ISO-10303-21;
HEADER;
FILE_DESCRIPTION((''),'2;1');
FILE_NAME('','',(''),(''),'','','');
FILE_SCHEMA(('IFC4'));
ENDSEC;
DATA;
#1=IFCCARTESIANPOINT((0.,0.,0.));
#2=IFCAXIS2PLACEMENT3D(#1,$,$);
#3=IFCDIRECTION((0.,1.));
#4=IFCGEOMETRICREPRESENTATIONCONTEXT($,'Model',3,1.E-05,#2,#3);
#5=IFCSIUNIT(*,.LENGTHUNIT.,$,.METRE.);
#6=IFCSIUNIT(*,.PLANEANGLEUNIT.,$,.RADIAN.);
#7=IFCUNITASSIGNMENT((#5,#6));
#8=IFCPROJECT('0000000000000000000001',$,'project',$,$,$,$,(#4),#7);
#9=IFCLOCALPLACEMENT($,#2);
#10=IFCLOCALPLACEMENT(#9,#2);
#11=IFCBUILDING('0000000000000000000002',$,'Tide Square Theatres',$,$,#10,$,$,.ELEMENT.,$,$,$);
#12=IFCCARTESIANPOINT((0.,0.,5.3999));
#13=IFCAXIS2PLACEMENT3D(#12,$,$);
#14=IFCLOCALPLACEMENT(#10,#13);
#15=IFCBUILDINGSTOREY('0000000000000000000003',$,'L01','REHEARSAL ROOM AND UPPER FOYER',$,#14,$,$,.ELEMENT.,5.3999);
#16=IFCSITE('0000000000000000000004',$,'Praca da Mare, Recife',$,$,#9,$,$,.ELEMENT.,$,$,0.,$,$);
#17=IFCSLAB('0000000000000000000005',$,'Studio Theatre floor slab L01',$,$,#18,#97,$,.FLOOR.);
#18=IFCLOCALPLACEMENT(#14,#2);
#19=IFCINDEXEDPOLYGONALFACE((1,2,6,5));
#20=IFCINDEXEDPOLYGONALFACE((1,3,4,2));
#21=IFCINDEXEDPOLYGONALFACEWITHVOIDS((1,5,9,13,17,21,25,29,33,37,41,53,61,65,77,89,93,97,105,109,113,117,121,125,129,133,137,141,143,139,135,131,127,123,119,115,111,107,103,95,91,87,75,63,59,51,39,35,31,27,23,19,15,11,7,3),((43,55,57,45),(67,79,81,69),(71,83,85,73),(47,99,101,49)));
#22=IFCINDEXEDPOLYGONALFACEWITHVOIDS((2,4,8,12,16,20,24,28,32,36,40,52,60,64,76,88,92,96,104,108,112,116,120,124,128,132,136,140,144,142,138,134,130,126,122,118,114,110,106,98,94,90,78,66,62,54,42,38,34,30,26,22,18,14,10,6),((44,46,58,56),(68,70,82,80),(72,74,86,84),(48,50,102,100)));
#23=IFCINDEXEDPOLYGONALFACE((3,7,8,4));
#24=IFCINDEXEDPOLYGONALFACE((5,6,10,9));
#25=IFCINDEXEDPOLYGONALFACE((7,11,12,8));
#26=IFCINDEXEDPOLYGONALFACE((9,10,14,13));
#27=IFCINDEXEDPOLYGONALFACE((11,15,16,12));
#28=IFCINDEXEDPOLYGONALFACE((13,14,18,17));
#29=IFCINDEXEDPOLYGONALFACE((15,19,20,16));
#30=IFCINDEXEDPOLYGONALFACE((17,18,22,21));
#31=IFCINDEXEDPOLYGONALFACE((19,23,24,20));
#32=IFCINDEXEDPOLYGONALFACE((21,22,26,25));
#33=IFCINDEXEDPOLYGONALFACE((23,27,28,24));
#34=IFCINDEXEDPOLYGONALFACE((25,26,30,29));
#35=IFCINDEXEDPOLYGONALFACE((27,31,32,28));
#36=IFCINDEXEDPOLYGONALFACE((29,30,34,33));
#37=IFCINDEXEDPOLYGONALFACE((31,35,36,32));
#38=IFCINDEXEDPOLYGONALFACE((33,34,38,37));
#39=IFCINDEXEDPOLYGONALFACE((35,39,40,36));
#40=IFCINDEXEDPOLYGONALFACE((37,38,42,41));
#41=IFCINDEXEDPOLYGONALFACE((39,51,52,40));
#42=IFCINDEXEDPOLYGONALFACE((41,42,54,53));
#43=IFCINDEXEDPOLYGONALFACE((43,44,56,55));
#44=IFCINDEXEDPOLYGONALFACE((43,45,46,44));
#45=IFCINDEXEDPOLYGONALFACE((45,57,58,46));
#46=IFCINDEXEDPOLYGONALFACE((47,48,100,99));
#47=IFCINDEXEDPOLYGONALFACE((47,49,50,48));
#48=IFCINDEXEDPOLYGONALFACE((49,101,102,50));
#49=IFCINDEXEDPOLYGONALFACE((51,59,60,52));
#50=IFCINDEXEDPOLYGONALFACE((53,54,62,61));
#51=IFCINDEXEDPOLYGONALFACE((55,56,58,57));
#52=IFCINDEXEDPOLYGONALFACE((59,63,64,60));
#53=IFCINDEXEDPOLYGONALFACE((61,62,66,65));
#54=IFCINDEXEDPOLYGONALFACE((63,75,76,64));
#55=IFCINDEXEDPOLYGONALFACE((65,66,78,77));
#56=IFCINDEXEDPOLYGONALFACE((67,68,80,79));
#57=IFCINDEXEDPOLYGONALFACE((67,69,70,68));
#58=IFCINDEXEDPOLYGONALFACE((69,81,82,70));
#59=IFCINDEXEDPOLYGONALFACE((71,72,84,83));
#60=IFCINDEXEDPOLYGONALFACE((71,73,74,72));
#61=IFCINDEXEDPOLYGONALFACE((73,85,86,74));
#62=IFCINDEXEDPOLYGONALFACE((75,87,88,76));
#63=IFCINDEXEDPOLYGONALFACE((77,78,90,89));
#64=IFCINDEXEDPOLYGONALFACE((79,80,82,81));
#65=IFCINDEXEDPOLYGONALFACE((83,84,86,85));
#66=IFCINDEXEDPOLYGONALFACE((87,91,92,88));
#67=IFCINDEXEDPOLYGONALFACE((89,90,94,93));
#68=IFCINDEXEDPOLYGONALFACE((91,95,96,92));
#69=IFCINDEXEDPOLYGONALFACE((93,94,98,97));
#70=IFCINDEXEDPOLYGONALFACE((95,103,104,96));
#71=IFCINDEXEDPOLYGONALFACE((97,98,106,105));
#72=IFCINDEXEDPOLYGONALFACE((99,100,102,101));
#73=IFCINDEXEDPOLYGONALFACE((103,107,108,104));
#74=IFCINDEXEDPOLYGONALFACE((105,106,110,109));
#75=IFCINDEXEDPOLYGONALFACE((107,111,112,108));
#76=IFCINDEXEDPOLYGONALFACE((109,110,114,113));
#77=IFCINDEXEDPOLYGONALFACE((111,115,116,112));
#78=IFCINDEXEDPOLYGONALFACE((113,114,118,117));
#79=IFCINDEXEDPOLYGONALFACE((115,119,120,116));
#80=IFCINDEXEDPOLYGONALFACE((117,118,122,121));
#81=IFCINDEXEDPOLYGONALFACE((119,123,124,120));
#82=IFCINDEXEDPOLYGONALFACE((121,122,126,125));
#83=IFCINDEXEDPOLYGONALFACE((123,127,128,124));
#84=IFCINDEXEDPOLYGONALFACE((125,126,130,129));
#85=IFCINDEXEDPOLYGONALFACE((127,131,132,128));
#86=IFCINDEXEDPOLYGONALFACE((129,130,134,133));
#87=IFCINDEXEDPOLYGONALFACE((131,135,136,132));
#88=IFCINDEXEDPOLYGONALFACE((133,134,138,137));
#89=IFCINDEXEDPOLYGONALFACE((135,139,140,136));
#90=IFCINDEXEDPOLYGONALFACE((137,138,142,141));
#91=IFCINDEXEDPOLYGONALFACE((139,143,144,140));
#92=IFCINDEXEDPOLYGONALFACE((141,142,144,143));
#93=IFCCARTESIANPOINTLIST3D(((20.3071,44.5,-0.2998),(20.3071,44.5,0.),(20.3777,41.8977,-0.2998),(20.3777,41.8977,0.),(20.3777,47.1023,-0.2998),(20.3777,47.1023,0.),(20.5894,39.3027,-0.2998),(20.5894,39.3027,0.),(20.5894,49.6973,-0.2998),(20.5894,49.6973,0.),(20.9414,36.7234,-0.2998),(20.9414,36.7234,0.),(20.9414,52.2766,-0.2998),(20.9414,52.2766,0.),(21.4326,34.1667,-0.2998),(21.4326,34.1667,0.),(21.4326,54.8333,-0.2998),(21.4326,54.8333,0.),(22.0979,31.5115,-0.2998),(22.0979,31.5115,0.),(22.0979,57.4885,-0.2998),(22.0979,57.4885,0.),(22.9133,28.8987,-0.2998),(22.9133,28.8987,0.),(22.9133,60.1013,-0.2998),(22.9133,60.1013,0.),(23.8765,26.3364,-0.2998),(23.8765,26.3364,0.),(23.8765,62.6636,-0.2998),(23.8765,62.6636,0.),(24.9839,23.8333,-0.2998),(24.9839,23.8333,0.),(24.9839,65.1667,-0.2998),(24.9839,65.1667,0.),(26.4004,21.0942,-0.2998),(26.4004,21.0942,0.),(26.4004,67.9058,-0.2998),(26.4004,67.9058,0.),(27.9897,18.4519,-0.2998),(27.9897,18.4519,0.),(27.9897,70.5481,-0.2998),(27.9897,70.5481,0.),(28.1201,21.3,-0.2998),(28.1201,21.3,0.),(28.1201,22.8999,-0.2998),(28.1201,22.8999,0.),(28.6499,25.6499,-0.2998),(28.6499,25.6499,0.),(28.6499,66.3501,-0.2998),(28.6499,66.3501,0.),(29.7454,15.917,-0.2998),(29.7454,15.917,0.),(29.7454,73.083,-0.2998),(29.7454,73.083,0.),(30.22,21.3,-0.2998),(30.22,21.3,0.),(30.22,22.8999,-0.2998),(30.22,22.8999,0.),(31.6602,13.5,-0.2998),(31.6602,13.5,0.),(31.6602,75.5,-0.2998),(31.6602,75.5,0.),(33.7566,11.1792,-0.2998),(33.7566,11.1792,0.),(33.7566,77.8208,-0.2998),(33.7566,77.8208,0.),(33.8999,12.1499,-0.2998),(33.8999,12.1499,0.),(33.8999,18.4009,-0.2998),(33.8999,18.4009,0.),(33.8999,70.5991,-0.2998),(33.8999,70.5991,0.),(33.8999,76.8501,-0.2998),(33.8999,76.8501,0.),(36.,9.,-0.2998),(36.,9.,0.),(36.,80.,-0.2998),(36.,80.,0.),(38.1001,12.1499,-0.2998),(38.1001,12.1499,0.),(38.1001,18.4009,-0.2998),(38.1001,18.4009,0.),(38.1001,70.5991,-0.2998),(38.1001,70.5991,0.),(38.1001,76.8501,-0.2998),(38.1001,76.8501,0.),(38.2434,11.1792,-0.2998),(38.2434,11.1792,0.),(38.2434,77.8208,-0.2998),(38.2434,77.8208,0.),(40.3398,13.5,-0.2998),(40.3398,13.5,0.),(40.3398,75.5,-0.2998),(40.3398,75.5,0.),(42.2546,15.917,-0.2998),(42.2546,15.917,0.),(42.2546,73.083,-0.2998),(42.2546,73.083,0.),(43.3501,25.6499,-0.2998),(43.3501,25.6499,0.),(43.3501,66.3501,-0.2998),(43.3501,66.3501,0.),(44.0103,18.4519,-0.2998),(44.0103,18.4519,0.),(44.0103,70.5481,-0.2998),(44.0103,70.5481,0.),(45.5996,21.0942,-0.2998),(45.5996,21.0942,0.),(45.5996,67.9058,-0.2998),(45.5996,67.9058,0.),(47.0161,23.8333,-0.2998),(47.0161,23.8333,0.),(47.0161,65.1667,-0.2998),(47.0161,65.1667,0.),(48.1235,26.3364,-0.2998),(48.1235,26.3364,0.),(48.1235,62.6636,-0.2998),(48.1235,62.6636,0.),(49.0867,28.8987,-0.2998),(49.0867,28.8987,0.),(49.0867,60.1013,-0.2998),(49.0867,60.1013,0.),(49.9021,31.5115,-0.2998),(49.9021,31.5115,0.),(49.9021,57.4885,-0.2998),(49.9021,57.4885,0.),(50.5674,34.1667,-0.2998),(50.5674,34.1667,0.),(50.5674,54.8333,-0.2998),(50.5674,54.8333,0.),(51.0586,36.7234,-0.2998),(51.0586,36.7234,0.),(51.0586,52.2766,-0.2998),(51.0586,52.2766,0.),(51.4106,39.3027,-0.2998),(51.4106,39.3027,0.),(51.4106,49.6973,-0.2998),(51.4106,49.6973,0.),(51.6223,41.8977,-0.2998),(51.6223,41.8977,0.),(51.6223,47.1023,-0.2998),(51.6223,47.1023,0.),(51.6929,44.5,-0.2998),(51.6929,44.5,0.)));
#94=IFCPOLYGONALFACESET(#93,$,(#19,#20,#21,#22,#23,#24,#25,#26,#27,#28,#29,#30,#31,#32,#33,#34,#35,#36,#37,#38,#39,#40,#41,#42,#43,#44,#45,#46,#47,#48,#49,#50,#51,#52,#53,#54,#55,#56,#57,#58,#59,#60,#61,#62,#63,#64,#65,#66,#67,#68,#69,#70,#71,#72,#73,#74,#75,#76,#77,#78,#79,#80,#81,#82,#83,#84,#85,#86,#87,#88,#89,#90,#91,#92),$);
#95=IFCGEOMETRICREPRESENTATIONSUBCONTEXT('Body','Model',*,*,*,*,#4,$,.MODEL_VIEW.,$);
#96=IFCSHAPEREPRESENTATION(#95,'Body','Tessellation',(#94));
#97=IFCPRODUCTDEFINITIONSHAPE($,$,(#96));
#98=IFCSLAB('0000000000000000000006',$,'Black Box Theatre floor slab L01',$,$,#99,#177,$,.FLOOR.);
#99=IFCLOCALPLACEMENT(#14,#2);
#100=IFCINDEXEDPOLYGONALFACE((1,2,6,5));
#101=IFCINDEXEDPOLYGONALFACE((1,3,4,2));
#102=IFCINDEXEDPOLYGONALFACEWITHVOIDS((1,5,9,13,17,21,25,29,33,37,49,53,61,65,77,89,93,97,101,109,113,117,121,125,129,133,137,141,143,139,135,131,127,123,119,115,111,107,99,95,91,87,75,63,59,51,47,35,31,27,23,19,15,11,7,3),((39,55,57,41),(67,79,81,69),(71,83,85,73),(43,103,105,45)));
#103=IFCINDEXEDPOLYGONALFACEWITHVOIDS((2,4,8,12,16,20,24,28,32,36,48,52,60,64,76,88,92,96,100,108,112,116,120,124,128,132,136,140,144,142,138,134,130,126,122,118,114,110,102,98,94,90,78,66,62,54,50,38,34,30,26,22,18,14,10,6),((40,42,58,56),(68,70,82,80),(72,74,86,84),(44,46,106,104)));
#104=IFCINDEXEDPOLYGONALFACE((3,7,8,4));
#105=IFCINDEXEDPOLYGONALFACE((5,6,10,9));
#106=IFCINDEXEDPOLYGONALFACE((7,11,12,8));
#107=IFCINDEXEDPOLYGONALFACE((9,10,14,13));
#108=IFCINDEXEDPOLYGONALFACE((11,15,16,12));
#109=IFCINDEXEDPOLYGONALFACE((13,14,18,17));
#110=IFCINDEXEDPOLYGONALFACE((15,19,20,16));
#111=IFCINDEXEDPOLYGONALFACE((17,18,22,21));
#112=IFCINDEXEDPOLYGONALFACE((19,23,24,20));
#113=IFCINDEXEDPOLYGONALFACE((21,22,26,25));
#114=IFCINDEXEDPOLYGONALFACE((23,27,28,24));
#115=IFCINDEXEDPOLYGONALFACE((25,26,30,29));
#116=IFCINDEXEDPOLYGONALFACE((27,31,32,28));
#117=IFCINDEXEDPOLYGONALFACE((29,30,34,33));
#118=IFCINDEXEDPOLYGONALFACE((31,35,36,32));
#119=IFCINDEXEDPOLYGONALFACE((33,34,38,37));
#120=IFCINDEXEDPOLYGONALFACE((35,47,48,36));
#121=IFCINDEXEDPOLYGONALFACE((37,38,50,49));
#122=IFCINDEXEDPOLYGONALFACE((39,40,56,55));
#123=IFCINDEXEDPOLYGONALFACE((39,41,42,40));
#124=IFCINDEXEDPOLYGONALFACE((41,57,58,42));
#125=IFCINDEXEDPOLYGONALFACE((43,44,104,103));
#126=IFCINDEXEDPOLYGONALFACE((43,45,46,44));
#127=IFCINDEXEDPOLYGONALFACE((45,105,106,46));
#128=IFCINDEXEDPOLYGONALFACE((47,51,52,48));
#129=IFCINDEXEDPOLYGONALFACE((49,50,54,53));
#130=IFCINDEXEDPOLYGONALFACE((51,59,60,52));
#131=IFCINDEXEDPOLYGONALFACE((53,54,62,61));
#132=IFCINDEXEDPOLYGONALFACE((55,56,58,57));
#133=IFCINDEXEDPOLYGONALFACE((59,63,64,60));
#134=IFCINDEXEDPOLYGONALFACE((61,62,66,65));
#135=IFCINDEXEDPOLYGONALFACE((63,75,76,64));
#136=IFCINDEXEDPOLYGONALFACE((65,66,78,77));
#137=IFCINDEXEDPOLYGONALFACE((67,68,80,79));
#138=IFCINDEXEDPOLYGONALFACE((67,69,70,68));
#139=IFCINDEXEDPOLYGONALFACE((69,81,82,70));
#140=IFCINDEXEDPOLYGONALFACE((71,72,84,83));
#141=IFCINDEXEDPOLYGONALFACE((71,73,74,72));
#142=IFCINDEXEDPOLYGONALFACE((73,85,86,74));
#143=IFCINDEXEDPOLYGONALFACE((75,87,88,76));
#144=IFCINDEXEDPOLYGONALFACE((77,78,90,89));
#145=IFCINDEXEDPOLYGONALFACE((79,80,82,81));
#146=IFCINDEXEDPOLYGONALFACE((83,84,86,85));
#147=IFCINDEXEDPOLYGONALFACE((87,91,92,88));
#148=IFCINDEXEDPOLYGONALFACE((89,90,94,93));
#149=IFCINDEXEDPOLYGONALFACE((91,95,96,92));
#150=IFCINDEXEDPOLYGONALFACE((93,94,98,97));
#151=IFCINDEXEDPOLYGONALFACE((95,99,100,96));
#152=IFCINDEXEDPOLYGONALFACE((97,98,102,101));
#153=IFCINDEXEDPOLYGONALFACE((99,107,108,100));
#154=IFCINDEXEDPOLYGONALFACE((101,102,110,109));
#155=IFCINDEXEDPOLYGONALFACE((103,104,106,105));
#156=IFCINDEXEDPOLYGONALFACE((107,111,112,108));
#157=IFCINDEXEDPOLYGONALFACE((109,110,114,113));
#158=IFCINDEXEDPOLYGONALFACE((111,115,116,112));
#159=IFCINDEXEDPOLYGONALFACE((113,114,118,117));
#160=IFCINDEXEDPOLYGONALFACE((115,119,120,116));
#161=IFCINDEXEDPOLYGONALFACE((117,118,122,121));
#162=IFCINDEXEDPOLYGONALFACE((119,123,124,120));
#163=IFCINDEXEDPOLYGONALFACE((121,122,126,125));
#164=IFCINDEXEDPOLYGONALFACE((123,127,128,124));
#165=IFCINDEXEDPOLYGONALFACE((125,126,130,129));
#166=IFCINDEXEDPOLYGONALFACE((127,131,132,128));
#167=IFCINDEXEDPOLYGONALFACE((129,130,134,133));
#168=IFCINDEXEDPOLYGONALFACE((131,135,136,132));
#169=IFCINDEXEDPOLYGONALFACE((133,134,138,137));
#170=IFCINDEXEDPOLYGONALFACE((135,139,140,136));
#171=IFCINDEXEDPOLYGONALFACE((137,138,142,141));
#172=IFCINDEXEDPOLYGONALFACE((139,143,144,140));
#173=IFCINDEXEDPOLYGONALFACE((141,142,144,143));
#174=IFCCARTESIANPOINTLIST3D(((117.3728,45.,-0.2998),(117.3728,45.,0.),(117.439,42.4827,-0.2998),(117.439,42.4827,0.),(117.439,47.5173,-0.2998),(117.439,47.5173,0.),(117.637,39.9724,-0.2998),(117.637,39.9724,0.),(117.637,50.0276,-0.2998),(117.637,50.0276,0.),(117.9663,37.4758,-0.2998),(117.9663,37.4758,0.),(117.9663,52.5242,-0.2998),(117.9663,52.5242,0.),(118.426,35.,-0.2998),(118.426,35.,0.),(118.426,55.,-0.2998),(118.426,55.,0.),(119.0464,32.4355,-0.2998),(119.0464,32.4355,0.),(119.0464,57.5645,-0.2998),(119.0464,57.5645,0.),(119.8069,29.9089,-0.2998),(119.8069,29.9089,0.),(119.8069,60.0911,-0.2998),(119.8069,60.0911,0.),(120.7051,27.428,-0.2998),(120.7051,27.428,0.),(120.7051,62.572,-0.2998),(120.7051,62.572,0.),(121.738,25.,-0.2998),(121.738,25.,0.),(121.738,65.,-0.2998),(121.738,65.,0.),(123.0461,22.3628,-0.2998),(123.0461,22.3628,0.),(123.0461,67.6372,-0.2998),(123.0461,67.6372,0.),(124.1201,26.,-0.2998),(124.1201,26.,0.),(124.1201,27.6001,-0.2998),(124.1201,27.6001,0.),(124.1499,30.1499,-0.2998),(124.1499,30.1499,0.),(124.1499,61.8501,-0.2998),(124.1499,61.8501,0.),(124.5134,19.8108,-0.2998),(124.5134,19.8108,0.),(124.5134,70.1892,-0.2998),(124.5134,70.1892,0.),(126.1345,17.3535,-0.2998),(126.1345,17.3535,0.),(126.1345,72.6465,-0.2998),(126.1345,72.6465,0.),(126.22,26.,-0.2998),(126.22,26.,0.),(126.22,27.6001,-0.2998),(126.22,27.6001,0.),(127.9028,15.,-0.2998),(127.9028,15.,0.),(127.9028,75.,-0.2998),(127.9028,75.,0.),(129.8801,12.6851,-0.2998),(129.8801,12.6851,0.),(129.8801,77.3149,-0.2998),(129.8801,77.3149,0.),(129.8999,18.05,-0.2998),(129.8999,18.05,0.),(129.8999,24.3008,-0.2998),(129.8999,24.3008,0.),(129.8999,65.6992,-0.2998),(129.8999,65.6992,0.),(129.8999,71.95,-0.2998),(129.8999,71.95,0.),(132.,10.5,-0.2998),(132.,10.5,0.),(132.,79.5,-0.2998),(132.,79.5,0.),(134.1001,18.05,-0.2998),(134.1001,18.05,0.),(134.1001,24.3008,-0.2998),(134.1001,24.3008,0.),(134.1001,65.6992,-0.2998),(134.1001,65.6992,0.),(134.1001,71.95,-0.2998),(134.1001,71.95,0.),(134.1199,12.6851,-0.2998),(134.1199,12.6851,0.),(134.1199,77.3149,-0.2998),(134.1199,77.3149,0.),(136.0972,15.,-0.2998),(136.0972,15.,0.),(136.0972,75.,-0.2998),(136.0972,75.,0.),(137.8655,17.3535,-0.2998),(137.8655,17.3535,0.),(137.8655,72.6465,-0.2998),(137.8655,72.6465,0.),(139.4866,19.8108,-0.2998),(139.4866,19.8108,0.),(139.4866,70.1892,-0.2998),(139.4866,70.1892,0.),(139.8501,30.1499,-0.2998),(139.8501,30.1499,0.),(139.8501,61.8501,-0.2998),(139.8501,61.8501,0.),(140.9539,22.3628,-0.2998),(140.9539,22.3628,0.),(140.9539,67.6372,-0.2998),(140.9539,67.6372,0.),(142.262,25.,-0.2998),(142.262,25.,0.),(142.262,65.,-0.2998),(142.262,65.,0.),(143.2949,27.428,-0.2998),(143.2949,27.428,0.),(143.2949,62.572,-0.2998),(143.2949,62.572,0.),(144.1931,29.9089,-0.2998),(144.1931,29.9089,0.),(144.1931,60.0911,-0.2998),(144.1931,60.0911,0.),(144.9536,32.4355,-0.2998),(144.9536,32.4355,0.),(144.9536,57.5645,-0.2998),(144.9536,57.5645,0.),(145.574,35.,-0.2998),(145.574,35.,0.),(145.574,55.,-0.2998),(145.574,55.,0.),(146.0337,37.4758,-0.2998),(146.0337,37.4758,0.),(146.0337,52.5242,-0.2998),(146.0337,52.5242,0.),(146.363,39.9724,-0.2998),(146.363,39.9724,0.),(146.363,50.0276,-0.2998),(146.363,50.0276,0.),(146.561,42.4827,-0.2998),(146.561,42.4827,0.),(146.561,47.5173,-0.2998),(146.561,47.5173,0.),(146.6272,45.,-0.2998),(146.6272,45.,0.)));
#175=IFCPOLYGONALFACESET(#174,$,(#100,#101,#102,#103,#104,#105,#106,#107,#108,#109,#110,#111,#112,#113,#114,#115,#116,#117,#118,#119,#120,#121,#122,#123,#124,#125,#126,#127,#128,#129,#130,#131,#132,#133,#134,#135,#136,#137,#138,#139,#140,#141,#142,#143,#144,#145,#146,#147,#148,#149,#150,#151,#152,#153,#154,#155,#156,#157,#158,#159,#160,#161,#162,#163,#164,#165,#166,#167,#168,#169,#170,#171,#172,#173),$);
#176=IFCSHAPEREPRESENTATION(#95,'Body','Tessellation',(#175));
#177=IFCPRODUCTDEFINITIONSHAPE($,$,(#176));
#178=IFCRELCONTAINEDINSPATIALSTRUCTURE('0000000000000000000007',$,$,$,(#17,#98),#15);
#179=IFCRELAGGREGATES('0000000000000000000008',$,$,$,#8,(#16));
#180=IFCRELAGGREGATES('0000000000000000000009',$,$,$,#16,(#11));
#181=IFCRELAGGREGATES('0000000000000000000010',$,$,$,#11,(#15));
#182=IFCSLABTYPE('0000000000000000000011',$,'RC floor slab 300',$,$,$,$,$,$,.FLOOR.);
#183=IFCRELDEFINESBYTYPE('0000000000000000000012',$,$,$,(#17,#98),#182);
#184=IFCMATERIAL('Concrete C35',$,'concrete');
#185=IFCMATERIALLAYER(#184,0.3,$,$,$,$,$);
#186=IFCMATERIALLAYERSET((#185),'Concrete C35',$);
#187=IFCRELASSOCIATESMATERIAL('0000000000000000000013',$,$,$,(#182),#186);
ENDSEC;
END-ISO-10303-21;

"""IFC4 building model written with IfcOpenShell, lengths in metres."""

from ifc_helpers import new_model, si_unit, direction, frame, origin, place, context, subcontext, project, spatial, polyline, outline, extrude, material, layer, layer_set, type_object, element, save


model = new_model("IFC4")

# Units and contexts
model_context = context("Model", 3, precision=1e-05, world=origin(), true_north=direction((0.0, 1.0)))
body_context = subcontext(model_context, "Body", "Model", "MODEL_VIEW")
ifc_project = project(units=[si_unit("LENGTHUNIT", "METRE"), si_unit("PLANEANGLEUNIT", "RADIAN")], contexts=[model_context])

# Site, building, storey
site_placement = place(None, origin())
site = spatial("IfcSite", under=ifc_project, at=site_placement, Name="Praca da Mare, Recife", CompositionType="ELEMENT", RefElevation=0.0)
building_placement = place(site_placement, origin())
building = spatial("IfcBuilding", under=site, at=building_placement, Name="Tide Square Theatres", CompositionType="ELEMENT")
storey_placement = place(building_placement, frame((0.0, 0.0, 5.3999)))
storey = spatial("IfcBuildingStorey", under=building, at=storey_placement, Name="L01", Description="REHEARSAL ROOM AND UPPER FOYER", CompositionType="ELEMENT", Elevation=5.3999)

# Slabs
ifc_material_1 = material(Name="Concrete C35", Category="concrete")
ifc_layer_1 = layer(ifc_material_1, 0.3)
ifc_layer_set_1 = layer_set([ifc_layer_1], Name="Concrete C35")
slab_type_1 = type_object("IfcSlabType", Name="RC floor slab 300", PredefinedType="FLOOR", material=ifc_layer_set_1)
slab_1_placement = place(storey_placement, frame((0.0, 0.0, -0.2998)))
element("IfcSlab", 1, at=slab_1_placement, inside=storey, type_object=slab_type_1, Name="Studio Theatre floor slab L01", PredefinedType="FLOOR", context=body_context, shape_type="SweptSolid", body=[
    extrude(outline(polyline([(36.0, 9.0), (38.2434, 11.1792), (40.3398, 13.5), (42.2546, 15.917), (44.0103, 18.4519), (45.5996, 21.0942), (47.0161, 23.8333), (48.1235, 26.3364), (49.0867, 28.8987), (49.9021, 31.5115), (50.5674, 34.1667), (51.0586, 36.7234), (51.4106, 39.3027), (51.6223, 41.8977), (51.6929, 44.5), (51.6223, 47.1023), (51.4106, 49.6973), (51.0586, 52.2766), (50.5674, 54.8333), (49.9021, 57.4885), (49.0867, 60.1013), (48.1235, 62.6636), (47.0161, 65.1667), (45.5996, 67.9058), (44.0103, 70.5481), (42.2546, 73.083), (40.3398, 75.5), (38.2434, 77.8208), (36.0, 80.0), (33.7566, 77.8208), (31.6602, 75.5), (29.7454, 73.083), (27.9897, 70.5481), (26.4004, 67.9058), (24.9839, 65.1667), (23.8765, 62.6636), (22.9133, 60.1013), (22.0979, 57.4885), (21.4326, 54.8333), (20.9414, 52.2766), (20.5894, 49.6973), (20.3777, 47.1023), (20.3071, 44.5), (20.3777, 41.8977), (20.5894, 39.3027), (20.9414, 36.7234), (21.4326, 34.1667), (22.0979, 31.5115), (22.9133, 28.8987), (23.8765, 26.3364), (24.9839, 23.8333), (26.4004, 21.0942), (27.9897, 18.4519), (29.7454, 15.917), (31.6602, 13.5), (33.7566, 11.1792), (36.0, 9.0)]), holes=[polyline([(28.6499, 66.3501), (28.6499, 25.6499), (43.3501, 25.6499), (43.3501, 66.3501), (28.6499, 66.3501)]), polyline([(30.22, 21.3), (30.22, 22.8999), (28.1201, 22.8999), (28.1201, 21.3), (30.22, 21.3)]), polyline([(38.1001, 70.5991), (38.1001, 76.8501), (33.8999, 76.8501), (33.8999, 70.5991), (38.1001, 70.5991)]), polyline([(33.8999, 18.4009), (33.8999, 12.1499), (38.1001, 12.1499), (38.1001, 18.4009), (33.8999, 18.4009)])]), origin(), (0.0, 0.0, 1.0), 0.2998),
])
slab_2_placement = place(storey_placement, frame((0.0, 0.0, -0.2998)))
element("IfcSlab", 2, at=slab_2_placement, inside=storey, type_object=slab_type_1, Name="Black Box Theatre floor slab L01", PredefinedType="FLOOR", context=body_context, shape_type="SweptSolid", body=[
    extrude(outline(polyline([(132.0, 10.5), (134.1199, 12.6851), (136.0972, 15.0), (137.8655, 17.3535), (139.4866, 19.8108), (140.9539, 22.3628), (142.262, 25.0), (143.2949, 27.428), (144.1931, 29.9089), (144.9536, 32.4355), (145.574, 35.0), (146.0337, 37.4758), (146.363, 39.9724), (146.561, 42.4827), (146.6272, 45.0), (146.561, 47.5173), (146.363, 50.0276), (146.0337, 52.5242), (145.574, 55.0), (144.9536, 57.5645), (144.1931, 60.0911), (143.2949, 62.572), (142.262, 65.0), (140.9539, 67.6372), (139.4866, 70.1892), (137.8655, 72.6465), (136.0972, 75.0), (134.1199, 77.3149), (132.0, 79.5), (129.8801, 77.3149), (127.9028, 75.0), (126.1345, 72.6465), (124.5134, 70.1892), (123.0461, 67.6372), (121.738, 65.0), (120.7051, 62.572), (119.8069, 60.0911), (119.0464, 57.5645), (118.426, 55.0), (117.9663, 52.5242), (117.637, 50.0276), (117.439, 47.5173), (117.3728, 45.0), (117.439, 42.4827), (117.637, 39.9724), (117.9663, 37.4758), (118.426, 35.0), (119.0464, 32.4355), (119.8069, 29.9089), (120.7051, 27.428), (121.738, 25.0), (123.0461, 22.3628), (124.5134, 19.8108), (126.1345, 17.3535), (127.9028, 15.0), (129.8801, 12.6851), (132.0, 10.5)]), holes=[polyline([(124.1499, 61.8501), (124.1499, 30.1499), (139.8501, 30.1499), (139.8501, 61.8501), (124.1499, 61.8501)]), polyline([(126.22, 26.0), (126.22, 27.6001), (124.1201, 27.6001), (124.1201, 26.0), (126.22, 26.0)]), polyline([(134.1001, 65.6992), (134.1001, 71.95), (129.8999, 71.95), (129.8999, 65.6992), (134.1001, 65.6992)]), polyline([(129.8999, 24.3008), (129.8999, 18.05), (134.1001, 18.05), (134.1001, 24.3008), (129.8999, 24.3008)])]), origin(), (0.0, 0.0, 1.0), 0.2998),
])

save(model, "model.ifc")
